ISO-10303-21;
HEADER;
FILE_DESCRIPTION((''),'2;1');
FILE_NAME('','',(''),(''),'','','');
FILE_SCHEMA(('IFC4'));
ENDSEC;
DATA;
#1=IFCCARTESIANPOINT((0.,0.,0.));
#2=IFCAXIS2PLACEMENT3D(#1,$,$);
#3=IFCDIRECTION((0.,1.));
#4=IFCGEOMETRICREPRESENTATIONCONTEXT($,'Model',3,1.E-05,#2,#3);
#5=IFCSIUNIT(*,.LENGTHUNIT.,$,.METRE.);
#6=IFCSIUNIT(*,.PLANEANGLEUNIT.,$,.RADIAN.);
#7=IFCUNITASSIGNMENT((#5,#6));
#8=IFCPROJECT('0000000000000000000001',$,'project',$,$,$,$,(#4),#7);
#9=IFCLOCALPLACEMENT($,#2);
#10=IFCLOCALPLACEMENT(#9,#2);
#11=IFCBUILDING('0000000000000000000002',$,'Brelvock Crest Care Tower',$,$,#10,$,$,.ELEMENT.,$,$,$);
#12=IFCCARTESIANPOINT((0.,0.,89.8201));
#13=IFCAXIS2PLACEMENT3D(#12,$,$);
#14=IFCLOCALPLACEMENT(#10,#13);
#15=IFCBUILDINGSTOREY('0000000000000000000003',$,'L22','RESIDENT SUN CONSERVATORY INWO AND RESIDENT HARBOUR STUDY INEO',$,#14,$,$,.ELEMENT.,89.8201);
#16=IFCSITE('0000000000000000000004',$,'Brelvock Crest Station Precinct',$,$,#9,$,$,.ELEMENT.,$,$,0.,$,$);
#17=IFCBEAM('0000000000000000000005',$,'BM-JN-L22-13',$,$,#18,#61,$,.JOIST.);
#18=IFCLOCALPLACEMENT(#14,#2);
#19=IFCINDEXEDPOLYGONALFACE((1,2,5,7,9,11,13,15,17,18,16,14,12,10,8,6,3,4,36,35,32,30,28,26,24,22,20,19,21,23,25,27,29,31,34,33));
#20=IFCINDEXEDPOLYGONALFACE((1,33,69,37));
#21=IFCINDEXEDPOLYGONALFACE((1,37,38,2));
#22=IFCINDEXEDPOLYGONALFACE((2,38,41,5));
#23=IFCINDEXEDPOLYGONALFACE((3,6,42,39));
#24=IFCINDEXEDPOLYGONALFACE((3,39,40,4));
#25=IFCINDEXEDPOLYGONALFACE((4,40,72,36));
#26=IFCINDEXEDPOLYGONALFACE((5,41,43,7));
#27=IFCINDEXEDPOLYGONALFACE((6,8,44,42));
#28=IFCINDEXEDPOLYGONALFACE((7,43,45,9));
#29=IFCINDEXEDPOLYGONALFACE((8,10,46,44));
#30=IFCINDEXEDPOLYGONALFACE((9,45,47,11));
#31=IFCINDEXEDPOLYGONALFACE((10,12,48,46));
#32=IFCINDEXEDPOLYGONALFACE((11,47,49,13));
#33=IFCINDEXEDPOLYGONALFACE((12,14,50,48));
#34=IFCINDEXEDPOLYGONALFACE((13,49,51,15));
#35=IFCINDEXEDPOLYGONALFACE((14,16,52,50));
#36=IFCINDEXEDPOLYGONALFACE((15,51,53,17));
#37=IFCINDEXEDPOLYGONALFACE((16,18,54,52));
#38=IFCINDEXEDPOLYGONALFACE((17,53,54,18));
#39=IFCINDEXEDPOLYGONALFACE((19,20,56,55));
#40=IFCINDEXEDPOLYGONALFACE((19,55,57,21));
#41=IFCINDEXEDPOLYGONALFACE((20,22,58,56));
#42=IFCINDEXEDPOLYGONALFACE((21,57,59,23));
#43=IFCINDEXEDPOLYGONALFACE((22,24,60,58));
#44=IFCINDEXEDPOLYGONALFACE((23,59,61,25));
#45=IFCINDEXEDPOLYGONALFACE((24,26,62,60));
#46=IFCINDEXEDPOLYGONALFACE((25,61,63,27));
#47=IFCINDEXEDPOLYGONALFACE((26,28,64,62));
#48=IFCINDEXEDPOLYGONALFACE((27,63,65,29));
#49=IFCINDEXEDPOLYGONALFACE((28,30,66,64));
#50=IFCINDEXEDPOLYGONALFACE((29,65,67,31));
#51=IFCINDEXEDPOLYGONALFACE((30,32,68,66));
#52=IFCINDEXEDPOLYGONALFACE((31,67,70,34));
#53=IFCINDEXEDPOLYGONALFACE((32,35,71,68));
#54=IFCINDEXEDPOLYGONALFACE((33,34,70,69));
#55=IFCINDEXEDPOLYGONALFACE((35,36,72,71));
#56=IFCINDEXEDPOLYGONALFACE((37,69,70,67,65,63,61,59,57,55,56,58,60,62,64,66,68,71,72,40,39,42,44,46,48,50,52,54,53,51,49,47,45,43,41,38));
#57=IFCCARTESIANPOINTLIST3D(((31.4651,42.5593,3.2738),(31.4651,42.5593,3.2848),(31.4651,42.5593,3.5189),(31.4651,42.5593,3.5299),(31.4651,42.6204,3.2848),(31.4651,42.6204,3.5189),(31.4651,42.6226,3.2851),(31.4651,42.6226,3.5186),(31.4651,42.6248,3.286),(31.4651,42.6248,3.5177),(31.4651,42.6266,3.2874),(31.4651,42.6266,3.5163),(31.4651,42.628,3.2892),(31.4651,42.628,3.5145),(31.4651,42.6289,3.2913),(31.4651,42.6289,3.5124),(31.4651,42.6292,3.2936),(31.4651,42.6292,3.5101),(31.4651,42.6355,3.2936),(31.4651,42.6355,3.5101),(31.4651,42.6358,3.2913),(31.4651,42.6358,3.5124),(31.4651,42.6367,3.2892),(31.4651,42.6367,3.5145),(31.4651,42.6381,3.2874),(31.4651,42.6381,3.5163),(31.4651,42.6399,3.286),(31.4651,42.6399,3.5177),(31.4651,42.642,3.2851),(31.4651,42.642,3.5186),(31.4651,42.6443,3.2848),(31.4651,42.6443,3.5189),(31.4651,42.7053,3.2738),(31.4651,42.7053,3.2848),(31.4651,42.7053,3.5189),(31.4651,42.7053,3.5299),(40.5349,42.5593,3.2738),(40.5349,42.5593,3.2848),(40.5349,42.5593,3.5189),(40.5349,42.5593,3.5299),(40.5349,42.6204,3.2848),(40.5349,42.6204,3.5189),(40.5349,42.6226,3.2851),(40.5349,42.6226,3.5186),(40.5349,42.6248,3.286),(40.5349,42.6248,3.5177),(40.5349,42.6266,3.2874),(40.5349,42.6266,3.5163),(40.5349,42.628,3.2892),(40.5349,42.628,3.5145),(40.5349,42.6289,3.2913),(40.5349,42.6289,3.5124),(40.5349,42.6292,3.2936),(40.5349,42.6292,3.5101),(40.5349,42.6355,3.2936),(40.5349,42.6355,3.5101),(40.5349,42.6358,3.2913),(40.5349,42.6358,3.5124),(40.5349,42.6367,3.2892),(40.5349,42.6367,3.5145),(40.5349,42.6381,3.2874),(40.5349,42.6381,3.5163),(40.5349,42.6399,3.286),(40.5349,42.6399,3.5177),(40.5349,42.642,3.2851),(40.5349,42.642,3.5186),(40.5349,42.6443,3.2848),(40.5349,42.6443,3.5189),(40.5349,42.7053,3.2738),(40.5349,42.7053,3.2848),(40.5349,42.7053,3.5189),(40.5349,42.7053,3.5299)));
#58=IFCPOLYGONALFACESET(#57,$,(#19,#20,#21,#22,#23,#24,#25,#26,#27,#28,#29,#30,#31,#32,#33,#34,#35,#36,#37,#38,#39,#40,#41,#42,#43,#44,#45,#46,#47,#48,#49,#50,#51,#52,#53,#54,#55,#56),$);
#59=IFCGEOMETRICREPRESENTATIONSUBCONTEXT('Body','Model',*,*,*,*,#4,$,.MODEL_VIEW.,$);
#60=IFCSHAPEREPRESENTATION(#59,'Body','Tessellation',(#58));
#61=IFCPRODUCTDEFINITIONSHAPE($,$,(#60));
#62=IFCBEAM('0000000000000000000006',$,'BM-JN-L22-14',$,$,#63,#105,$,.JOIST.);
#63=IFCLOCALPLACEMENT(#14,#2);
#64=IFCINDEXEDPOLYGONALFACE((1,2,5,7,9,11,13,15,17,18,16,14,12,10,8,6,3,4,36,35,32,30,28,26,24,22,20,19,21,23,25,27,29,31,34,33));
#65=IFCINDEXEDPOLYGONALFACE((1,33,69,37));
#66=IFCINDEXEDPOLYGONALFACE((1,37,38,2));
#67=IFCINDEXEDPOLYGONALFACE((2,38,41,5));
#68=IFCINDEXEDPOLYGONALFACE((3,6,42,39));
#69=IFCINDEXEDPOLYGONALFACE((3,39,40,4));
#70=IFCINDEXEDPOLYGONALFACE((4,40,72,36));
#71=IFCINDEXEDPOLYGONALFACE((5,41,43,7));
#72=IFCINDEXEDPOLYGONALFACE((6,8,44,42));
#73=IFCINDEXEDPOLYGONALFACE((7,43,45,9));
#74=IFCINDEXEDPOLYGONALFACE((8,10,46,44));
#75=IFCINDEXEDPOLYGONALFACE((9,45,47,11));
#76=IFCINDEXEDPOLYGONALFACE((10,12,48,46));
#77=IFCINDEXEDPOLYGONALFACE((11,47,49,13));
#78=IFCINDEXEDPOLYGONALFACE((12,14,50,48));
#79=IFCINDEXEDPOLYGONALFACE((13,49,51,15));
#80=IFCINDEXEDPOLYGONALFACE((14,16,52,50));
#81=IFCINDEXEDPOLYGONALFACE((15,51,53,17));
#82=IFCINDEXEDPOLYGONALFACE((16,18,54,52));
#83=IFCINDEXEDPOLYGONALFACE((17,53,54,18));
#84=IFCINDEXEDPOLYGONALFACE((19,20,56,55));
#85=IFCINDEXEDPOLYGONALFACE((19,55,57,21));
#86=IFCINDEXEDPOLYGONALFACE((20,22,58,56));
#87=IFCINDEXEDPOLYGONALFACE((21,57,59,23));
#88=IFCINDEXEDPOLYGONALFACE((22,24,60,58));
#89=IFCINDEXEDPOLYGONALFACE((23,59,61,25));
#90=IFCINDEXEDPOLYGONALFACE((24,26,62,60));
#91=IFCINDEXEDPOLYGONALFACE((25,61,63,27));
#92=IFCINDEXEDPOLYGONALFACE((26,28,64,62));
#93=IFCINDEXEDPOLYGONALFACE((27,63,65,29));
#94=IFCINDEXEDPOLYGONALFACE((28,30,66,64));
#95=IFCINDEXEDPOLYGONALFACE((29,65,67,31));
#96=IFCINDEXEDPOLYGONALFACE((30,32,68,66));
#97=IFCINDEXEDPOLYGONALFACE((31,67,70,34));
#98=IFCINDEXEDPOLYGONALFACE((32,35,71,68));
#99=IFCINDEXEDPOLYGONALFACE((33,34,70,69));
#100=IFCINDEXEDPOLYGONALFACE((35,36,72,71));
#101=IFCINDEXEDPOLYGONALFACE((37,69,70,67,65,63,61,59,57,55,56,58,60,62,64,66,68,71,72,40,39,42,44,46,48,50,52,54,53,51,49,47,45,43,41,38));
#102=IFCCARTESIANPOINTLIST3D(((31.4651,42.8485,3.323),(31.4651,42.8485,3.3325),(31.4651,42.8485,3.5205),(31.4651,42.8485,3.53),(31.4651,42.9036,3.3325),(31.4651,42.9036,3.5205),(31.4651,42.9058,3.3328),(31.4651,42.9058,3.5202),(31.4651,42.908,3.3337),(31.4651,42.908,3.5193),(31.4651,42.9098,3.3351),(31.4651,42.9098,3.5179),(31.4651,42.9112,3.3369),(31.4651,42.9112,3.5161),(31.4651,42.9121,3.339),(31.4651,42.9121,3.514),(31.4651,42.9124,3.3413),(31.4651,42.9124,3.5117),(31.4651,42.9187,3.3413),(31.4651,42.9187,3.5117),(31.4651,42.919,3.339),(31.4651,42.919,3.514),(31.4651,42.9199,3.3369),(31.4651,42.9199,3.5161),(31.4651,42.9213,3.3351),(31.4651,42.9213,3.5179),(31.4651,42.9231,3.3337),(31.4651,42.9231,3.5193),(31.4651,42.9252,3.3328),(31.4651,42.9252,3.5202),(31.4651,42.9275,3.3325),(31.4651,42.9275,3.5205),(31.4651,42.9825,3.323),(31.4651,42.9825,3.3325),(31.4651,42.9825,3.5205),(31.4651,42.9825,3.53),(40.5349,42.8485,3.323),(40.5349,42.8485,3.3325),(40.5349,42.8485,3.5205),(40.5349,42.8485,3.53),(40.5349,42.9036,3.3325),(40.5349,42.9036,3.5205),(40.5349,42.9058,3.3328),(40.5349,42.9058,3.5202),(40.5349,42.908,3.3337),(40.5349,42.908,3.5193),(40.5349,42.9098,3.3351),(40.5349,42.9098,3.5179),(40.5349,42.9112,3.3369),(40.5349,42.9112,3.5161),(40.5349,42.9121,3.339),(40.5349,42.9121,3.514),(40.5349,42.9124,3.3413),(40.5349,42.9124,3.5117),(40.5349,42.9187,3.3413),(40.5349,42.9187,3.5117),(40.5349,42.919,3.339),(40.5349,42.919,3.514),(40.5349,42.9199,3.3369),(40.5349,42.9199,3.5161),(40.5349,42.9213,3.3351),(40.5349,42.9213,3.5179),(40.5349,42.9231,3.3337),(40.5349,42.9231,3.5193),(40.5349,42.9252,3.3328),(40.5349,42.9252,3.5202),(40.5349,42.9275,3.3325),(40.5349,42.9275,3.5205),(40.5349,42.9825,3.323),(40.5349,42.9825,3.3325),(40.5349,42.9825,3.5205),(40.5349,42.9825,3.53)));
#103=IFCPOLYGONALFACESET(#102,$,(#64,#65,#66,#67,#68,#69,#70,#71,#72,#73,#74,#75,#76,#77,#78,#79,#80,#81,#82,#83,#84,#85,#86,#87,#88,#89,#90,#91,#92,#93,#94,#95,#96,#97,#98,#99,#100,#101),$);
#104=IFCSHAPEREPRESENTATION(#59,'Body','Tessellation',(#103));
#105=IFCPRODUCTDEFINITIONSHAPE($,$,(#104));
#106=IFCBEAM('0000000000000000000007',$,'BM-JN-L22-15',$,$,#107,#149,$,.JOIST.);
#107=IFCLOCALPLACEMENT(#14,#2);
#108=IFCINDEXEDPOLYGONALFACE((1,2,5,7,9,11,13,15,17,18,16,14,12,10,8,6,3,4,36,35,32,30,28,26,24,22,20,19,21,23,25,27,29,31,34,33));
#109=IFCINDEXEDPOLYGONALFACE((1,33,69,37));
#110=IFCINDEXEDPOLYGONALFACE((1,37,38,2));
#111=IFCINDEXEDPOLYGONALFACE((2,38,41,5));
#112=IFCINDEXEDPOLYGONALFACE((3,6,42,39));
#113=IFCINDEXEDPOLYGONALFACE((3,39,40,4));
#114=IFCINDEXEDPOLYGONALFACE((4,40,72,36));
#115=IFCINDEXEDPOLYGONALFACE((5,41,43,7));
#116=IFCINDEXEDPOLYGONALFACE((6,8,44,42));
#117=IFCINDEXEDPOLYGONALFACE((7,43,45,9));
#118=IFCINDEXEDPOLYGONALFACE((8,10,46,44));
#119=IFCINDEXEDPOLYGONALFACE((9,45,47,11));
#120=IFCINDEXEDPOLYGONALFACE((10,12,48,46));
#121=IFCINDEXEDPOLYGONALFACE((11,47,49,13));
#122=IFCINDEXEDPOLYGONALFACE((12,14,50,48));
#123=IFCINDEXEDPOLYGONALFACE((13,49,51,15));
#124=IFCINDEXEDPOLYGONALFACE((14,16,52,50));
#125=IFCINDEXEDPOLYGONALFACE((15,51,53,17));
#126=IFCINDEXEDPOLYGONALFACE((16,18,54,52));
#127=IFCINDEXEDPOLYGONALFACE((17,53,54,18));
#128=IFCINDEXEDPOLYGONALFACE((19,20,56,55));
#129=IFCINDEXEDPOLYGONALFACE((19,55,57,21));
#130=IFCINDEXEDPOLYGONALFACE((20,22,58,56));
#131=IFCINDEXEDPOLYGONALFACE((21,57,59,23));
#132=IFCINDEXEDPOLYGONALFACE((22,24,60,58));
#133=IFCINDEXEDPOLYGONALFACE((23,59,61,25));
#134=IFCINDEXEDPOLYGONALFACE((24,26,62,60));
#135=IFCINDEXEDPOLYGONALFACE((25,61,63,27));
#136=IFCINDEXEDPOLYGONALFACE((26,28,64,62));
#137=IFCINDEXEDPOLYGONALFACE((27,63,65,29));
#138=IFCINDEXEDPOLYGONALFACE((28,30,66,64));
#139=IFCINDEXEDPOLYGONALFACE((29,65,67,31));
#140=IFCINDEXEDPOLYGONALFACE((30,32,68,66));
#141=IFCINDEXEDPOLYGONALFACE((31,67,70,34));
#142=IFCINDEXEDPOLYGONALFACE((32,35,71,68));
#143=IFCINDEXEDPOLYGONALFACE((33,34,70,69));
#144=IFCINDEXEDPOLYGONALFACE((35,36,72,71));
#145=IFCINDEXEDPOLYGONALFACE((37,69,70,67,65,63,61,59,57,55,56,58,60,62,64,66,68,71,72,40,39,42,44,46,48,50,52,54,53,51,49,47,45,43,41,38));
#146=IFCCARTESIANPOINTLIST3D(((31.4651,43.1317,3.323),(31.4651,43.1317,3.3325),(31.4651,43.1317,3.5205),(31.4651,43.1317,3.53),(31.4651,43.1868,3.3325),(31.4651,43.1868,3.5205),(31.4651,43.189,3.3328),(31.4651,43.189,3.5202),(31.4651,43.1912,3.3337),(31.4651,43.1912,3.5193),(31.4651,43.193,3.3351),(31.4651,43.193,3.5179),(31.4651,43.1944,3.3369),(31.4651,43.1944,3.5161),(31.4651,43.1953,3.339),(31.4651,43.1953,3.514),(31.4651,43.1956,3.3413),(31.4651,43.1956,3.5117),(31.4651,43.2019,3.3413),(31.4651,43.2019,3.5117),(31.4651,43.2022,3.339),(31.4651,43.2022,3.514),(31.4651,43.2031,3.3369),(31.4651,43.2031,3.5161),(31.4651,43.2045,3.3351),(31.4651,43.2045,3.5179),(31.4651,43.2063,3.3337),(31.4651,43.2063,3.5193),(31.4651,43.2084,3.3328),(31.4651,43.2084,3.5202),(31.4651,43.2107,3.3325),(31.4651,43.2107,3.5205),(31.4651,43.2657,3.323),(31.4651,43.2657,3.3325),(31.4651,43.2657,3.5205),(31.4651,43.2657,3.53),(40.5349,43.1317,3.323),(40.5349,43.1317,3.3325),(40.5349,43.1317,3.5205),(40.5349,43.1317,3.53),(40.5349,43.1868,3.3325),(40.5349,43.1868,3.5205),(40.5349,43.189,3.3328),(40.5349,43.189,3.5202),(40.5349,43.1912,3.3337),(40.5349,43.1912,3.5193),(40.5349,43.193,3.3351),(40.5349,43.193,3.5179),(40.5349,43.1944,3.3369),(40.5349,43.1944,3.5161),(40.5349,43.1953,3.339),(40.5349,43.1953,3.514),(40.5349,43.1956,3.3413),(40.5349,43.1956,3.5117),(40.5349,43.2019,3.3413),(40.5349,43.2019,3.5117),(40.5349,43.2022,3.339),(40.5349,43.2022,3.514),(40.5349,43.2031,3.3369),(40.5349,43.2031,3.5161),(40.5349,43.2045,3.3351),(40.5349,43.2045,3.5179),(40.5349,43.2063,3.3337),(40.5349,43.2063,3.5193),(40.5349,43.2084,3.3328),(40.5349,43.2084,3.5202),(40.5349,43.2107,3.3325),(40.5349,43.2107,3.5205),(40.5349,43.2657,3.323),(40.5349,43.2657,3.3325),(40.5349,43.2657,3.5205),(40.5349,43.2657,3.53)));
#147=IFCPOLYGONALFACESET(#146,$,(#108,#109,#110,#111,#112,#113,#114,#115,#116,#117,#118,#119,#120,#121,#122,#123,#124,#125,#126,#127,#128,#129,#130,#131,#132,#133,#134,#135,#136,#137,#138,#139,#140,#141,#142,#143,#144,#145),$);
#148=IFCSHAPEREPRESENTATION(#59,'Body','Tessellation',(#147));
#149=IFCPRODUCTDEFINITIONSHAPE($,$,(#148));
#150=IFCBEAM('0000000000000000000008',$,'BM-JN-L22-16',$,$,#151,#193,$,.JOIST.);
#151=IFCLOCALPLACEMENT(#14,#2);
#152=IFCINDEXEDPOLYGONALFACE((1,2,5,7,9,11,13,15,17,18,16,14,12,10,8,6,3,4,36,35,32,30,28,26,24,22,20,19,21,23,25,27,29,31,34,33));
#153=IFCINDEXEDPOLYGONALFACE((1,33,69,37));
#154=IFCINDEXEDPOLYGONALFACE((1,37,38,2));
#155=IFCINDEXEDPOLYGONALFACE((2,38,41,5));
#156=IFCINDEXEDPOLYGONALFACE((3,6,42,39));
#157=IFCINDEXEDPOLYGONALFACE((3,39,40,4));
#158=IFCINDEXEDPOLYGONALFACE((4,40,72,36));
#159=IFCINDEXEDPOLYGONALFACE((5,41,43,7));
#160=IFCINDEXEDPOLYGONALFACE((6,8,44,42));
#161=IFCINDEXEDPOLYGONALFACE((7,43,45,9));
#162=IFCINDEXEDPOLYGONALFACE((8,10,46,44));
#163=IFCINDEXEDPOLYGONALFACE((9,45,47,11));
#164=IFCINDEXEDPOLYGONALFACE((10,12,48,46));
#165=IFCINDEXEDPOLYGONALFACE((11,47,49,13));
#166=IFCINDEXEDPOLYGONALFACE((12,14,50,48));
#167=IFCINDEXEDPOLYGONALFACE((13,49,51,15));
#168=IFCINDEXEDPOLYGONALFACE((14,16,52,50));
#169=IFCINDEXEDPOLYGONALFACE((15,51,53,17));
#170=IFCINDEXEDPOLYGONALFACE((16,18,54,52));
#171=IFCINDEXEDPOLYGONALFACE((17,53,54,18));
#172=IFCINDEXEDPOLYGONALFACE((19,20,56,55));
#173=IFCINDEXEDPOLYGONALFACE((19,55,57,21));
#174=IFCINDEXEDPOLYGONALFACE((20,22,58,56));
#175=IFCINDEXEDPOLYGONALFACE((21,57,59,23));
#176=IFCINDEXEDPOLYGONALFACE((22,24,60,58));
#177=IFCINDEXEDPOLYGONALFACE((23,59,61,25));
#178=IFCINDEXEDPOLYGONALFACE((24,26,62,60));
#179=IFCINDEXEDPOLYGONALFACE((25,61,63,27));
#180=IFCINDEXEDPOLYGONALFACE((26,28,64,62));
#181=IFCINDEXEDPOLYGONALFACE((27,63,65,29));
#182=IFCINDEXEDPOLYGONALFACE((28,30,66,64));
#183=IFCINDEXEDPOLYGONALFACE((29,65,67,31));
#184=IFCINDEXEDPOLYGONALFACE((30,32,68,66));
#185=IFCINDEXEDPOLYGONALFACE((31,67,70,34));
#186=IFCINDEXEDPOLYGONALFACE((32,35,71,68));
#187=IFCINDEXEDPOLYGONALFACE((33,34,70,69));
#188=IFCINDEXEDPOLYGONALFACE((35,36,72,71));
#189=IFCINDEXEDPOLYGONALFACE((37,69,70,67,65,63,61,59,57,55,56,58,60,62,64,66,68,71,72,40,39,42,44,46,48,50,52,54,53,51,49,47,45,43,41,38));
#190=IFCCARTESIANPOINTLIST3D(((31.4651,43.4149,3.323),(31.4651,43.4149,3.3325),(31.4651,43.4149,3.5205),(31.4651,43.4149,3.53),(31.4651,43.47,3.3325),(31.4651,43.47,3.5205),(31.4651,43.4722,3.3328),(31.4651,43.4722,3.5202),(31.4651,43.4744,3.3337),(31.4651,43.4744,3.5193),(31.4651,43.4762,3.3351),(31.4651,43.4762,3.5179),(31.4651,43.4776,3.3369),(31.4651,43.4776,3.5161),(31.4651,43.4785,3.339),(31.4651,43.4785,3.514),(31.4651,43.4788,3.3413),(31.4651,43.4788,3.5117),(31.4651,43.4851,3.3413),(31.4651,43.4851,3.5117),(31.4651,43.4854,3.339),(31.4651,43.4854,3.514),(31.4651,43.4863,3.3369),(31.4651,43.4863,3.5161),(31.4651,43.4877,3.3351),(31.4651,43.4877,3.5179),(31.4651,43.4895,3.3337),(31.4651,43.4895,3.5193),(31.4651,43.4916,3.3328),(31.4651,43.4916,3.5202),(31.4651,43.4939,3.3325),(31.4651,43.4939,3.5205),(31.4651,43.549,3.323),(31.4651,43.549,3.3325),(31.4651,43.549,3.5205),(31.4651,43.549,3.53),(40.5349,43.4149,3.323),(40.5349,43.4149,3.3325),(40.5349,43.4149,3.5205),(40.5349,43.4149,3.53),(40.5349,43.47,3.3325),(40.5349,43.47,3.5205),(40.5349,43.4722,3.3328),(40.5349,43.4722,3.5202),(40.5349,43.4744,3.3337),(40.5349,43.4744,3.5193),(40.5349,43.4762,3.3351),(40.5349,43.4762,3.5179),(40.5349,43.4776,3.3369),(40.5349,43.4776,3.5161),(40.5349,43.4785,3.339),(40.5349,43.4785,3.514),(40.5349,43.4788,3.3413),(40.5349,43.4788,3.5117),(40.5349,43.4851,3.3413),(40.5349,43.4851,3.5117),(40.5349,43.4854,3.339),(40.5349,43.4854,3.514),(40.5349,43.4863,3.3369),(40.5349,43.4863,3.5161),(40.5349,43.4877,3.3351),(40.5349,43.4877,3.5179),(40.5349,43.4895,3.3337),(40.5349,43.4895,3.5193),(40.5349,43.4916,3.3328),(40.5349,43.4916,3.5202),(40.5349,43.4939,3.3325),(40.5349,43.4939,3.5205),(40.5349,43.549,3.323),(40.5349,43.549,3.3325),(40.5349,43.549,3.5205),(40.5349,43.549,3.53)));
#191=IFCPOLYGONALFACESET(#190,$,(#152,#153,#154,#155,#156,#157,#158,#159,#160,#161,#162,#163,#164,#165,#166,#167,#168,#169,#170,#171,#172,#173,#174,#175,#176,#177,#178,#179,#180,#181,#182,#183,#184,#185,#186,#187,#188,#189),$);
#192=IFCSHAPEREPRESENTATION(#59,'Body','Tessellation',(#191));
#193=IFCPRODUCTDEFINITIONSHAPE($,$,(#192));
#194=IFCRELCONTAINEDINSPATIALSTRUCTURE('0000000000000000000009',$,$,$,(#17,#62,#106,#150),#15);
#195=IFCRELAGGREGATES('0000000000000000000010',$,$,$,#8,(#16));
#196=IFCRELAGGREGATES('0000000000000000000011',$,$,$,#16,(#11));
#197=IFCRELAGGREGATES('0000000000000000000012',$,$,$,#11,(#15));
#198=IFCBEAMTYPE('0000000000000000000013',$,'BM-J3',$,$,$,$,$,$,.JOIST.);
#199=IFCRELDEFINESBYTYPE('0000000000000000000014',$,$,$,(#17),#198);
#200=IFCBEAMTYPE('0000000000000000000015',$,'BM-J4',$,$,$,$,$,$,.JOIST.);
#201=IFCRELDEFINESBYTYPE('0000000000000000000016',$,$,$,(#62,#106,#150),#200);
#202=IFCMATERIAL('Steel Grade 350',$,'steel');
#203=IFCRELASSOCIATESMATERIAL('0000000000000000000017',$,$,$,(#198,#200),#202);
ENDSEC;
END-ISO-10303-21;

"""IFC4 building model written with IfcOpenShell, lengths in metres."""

from ifc_helpers import new_model, si_unit, direction, frame, origin, origin_2d, place, context, subcontext, project, spatial, i_section, extrude, source, transform, mapped, material, material_profile, profile_set, type_object, element, save


model = new_model("IFC4")

# Units and contexts
model_context = context("Model", 3, precision=1e-05, world=origin(), true_north=direction((0.0, 1.0)))
body_context = subcontext(model_context, "Body", "Model", "MODEL_VIEW")
ifc_project = project(units=[si_unit("LENGTHUNIT", "METRE"), si_unit("PLANEANGLEUNIT", "RADIAN")], contexts=[model_context])

# Site, building, storey
site_placement = place(None, origin())
site = spatial("IfcSite", under=ifc_project, at=site_placement, Name="Brelvock Crest Station Precinct", CompositionType="ELEMENT", RefElevation=0.0)
building_placement = place(site_placement, origin())
building = spatial("IfcBuilding", under=site, at=building_placement, Name="Brelvock Crest Care Tower", CompositionType="ELEMENT")
storey_placement = place(building_placement, frame((0.0, 0.0, 89.8201)))
storey = spatial("IfcBuildingStorey", under=building, at=storey_placement, Name="L22", Description="RESIDENT SUN CONSERVATORY INWO AND RESIDENT HARBOUR STUDY INEO", CompositionType="ELEMENT", Elevation=89.8201)

# Shared definitions
ifc_material_1 = material(Name="Steel Grade 350", Category="steel")

# Beams
ifc_material_profile_1 = material_profile(ifc_material_1, i_section(OverallWidth=0.146, OverallDepth=0.2561, WebThickness=0.0063, FlangeThickness=0.011, FilletRadius=0.0088, at=origin_2d()), Name="250UB37.3")
ifc_profile_set_1 = profile_set([ifc_material_profile_1], Name="Steel Grade 350")
beam_type_1 = type_object("IfcBeamType", Name="BM-J3", PredefinedType="JOIST", material=ifc_profile_set_1)
shared_shape_1 = source(origin(), body_context, "Body", "SweptSolid", [
    extrude(i_section(OverallWidth=0.146, OverallDepth=0.2561, WebThickness=0.0063, FlangeThickness=0.011, FilletRadius=0.0088, at=origin_2d()), origin(), (0.0, 0.0, 1.0), 9.0698),
])
for number, where, z_axis, x_axis, name in (
    (1, (31.4651, 42.6323, 3.4019), (1.0, 0.0, 0.0), (0.0, 1.0, 0.0), "BM-JN-L22-13"),
):
    element("IfcBeam", number, at=place(storey_placement, frame(where, z_axis=z_axis, x_axis=x_axis)), inside=storey, type_object=beam_type_1, Name=name, PredefinedType="JOIST", context=body_context, shape_type="MappedRepresentation", body=[
        mapped(shared_shape_1, transform((0.0, 0.0, 0.0), x_axis=(1.0, 0.0, 0.0), y_axis=(0.0, 1.0, 0.0), z_axis=(0.0, 0.0, 1.0), scale=1.0)),
    ])
ifc_material_profile_2 = material_profile(ifc_material_1, i_section(OverallWidth=0.134, OverallDepth=0.207, WebThickness=0.0063, FlangeThickness=0.0095, FilletRadius=0.0088, at=origin_2d()), Name="200UB29.8")
ifc_profile_set_2 = profile_set([ifc_material_profile_2], Name="Steel Grade 350")
beam_type_2 = type_object("IfcBeamType", Name="BM-J4", PredefinedType="JOIST", material=ifc_profile_set_2)
shared_shape_2 = source(origin(), body_context, "Body", "SweptSolid", [
    extrude(i_section(OverallWidth=0.134, OverallDepth=0.207, WebThickness=0.0063, FlangeThickness=0.0095, FilletRadius=0.0088, at=origin_2d()), origin(), (0.0, 0.0, 1.0), 9.0698),
])
for number, where, z_axis, x_axis, name in (
    (2, (31.4651, 42.9155, 3.4265), (1.0, 0.0, 0.0), (0.0, 1.0, 0.0), "BM-JN-L22-14"),
    (3, (31.4651, 43.1987, 3.4265), (1.0, 0.0, 0.0), (0.0, 1.0, 0.0), "BM-JN-L22-15"),
    (4, (31.4651, 43.4819, 3.4265), (1.0, 0.0, 0.0), (0.0, 1.0, 0.0), "BM-JN-L22-16"),
):
    element("IfcBeam", number, at=place(storey_placement, frame(where, z_axis=z_axis, x_axis=x_axis)), inside=storey, type_object=beam_type_2, Name=name, PredefinedType="JOIST", context=body_context, shape_type="MappedRepresentation", body=[
        mapped(shared_shape_2, transform((0.0, 0.0, 0.0), x_axis=(1.0, 0.0, 0.0), y_axis=(0.0, 1.0, 0.0), z_axis=(0.0, 0.0, 1.0), scale=1.0)),
    ])

save(model, "model.ifc")
